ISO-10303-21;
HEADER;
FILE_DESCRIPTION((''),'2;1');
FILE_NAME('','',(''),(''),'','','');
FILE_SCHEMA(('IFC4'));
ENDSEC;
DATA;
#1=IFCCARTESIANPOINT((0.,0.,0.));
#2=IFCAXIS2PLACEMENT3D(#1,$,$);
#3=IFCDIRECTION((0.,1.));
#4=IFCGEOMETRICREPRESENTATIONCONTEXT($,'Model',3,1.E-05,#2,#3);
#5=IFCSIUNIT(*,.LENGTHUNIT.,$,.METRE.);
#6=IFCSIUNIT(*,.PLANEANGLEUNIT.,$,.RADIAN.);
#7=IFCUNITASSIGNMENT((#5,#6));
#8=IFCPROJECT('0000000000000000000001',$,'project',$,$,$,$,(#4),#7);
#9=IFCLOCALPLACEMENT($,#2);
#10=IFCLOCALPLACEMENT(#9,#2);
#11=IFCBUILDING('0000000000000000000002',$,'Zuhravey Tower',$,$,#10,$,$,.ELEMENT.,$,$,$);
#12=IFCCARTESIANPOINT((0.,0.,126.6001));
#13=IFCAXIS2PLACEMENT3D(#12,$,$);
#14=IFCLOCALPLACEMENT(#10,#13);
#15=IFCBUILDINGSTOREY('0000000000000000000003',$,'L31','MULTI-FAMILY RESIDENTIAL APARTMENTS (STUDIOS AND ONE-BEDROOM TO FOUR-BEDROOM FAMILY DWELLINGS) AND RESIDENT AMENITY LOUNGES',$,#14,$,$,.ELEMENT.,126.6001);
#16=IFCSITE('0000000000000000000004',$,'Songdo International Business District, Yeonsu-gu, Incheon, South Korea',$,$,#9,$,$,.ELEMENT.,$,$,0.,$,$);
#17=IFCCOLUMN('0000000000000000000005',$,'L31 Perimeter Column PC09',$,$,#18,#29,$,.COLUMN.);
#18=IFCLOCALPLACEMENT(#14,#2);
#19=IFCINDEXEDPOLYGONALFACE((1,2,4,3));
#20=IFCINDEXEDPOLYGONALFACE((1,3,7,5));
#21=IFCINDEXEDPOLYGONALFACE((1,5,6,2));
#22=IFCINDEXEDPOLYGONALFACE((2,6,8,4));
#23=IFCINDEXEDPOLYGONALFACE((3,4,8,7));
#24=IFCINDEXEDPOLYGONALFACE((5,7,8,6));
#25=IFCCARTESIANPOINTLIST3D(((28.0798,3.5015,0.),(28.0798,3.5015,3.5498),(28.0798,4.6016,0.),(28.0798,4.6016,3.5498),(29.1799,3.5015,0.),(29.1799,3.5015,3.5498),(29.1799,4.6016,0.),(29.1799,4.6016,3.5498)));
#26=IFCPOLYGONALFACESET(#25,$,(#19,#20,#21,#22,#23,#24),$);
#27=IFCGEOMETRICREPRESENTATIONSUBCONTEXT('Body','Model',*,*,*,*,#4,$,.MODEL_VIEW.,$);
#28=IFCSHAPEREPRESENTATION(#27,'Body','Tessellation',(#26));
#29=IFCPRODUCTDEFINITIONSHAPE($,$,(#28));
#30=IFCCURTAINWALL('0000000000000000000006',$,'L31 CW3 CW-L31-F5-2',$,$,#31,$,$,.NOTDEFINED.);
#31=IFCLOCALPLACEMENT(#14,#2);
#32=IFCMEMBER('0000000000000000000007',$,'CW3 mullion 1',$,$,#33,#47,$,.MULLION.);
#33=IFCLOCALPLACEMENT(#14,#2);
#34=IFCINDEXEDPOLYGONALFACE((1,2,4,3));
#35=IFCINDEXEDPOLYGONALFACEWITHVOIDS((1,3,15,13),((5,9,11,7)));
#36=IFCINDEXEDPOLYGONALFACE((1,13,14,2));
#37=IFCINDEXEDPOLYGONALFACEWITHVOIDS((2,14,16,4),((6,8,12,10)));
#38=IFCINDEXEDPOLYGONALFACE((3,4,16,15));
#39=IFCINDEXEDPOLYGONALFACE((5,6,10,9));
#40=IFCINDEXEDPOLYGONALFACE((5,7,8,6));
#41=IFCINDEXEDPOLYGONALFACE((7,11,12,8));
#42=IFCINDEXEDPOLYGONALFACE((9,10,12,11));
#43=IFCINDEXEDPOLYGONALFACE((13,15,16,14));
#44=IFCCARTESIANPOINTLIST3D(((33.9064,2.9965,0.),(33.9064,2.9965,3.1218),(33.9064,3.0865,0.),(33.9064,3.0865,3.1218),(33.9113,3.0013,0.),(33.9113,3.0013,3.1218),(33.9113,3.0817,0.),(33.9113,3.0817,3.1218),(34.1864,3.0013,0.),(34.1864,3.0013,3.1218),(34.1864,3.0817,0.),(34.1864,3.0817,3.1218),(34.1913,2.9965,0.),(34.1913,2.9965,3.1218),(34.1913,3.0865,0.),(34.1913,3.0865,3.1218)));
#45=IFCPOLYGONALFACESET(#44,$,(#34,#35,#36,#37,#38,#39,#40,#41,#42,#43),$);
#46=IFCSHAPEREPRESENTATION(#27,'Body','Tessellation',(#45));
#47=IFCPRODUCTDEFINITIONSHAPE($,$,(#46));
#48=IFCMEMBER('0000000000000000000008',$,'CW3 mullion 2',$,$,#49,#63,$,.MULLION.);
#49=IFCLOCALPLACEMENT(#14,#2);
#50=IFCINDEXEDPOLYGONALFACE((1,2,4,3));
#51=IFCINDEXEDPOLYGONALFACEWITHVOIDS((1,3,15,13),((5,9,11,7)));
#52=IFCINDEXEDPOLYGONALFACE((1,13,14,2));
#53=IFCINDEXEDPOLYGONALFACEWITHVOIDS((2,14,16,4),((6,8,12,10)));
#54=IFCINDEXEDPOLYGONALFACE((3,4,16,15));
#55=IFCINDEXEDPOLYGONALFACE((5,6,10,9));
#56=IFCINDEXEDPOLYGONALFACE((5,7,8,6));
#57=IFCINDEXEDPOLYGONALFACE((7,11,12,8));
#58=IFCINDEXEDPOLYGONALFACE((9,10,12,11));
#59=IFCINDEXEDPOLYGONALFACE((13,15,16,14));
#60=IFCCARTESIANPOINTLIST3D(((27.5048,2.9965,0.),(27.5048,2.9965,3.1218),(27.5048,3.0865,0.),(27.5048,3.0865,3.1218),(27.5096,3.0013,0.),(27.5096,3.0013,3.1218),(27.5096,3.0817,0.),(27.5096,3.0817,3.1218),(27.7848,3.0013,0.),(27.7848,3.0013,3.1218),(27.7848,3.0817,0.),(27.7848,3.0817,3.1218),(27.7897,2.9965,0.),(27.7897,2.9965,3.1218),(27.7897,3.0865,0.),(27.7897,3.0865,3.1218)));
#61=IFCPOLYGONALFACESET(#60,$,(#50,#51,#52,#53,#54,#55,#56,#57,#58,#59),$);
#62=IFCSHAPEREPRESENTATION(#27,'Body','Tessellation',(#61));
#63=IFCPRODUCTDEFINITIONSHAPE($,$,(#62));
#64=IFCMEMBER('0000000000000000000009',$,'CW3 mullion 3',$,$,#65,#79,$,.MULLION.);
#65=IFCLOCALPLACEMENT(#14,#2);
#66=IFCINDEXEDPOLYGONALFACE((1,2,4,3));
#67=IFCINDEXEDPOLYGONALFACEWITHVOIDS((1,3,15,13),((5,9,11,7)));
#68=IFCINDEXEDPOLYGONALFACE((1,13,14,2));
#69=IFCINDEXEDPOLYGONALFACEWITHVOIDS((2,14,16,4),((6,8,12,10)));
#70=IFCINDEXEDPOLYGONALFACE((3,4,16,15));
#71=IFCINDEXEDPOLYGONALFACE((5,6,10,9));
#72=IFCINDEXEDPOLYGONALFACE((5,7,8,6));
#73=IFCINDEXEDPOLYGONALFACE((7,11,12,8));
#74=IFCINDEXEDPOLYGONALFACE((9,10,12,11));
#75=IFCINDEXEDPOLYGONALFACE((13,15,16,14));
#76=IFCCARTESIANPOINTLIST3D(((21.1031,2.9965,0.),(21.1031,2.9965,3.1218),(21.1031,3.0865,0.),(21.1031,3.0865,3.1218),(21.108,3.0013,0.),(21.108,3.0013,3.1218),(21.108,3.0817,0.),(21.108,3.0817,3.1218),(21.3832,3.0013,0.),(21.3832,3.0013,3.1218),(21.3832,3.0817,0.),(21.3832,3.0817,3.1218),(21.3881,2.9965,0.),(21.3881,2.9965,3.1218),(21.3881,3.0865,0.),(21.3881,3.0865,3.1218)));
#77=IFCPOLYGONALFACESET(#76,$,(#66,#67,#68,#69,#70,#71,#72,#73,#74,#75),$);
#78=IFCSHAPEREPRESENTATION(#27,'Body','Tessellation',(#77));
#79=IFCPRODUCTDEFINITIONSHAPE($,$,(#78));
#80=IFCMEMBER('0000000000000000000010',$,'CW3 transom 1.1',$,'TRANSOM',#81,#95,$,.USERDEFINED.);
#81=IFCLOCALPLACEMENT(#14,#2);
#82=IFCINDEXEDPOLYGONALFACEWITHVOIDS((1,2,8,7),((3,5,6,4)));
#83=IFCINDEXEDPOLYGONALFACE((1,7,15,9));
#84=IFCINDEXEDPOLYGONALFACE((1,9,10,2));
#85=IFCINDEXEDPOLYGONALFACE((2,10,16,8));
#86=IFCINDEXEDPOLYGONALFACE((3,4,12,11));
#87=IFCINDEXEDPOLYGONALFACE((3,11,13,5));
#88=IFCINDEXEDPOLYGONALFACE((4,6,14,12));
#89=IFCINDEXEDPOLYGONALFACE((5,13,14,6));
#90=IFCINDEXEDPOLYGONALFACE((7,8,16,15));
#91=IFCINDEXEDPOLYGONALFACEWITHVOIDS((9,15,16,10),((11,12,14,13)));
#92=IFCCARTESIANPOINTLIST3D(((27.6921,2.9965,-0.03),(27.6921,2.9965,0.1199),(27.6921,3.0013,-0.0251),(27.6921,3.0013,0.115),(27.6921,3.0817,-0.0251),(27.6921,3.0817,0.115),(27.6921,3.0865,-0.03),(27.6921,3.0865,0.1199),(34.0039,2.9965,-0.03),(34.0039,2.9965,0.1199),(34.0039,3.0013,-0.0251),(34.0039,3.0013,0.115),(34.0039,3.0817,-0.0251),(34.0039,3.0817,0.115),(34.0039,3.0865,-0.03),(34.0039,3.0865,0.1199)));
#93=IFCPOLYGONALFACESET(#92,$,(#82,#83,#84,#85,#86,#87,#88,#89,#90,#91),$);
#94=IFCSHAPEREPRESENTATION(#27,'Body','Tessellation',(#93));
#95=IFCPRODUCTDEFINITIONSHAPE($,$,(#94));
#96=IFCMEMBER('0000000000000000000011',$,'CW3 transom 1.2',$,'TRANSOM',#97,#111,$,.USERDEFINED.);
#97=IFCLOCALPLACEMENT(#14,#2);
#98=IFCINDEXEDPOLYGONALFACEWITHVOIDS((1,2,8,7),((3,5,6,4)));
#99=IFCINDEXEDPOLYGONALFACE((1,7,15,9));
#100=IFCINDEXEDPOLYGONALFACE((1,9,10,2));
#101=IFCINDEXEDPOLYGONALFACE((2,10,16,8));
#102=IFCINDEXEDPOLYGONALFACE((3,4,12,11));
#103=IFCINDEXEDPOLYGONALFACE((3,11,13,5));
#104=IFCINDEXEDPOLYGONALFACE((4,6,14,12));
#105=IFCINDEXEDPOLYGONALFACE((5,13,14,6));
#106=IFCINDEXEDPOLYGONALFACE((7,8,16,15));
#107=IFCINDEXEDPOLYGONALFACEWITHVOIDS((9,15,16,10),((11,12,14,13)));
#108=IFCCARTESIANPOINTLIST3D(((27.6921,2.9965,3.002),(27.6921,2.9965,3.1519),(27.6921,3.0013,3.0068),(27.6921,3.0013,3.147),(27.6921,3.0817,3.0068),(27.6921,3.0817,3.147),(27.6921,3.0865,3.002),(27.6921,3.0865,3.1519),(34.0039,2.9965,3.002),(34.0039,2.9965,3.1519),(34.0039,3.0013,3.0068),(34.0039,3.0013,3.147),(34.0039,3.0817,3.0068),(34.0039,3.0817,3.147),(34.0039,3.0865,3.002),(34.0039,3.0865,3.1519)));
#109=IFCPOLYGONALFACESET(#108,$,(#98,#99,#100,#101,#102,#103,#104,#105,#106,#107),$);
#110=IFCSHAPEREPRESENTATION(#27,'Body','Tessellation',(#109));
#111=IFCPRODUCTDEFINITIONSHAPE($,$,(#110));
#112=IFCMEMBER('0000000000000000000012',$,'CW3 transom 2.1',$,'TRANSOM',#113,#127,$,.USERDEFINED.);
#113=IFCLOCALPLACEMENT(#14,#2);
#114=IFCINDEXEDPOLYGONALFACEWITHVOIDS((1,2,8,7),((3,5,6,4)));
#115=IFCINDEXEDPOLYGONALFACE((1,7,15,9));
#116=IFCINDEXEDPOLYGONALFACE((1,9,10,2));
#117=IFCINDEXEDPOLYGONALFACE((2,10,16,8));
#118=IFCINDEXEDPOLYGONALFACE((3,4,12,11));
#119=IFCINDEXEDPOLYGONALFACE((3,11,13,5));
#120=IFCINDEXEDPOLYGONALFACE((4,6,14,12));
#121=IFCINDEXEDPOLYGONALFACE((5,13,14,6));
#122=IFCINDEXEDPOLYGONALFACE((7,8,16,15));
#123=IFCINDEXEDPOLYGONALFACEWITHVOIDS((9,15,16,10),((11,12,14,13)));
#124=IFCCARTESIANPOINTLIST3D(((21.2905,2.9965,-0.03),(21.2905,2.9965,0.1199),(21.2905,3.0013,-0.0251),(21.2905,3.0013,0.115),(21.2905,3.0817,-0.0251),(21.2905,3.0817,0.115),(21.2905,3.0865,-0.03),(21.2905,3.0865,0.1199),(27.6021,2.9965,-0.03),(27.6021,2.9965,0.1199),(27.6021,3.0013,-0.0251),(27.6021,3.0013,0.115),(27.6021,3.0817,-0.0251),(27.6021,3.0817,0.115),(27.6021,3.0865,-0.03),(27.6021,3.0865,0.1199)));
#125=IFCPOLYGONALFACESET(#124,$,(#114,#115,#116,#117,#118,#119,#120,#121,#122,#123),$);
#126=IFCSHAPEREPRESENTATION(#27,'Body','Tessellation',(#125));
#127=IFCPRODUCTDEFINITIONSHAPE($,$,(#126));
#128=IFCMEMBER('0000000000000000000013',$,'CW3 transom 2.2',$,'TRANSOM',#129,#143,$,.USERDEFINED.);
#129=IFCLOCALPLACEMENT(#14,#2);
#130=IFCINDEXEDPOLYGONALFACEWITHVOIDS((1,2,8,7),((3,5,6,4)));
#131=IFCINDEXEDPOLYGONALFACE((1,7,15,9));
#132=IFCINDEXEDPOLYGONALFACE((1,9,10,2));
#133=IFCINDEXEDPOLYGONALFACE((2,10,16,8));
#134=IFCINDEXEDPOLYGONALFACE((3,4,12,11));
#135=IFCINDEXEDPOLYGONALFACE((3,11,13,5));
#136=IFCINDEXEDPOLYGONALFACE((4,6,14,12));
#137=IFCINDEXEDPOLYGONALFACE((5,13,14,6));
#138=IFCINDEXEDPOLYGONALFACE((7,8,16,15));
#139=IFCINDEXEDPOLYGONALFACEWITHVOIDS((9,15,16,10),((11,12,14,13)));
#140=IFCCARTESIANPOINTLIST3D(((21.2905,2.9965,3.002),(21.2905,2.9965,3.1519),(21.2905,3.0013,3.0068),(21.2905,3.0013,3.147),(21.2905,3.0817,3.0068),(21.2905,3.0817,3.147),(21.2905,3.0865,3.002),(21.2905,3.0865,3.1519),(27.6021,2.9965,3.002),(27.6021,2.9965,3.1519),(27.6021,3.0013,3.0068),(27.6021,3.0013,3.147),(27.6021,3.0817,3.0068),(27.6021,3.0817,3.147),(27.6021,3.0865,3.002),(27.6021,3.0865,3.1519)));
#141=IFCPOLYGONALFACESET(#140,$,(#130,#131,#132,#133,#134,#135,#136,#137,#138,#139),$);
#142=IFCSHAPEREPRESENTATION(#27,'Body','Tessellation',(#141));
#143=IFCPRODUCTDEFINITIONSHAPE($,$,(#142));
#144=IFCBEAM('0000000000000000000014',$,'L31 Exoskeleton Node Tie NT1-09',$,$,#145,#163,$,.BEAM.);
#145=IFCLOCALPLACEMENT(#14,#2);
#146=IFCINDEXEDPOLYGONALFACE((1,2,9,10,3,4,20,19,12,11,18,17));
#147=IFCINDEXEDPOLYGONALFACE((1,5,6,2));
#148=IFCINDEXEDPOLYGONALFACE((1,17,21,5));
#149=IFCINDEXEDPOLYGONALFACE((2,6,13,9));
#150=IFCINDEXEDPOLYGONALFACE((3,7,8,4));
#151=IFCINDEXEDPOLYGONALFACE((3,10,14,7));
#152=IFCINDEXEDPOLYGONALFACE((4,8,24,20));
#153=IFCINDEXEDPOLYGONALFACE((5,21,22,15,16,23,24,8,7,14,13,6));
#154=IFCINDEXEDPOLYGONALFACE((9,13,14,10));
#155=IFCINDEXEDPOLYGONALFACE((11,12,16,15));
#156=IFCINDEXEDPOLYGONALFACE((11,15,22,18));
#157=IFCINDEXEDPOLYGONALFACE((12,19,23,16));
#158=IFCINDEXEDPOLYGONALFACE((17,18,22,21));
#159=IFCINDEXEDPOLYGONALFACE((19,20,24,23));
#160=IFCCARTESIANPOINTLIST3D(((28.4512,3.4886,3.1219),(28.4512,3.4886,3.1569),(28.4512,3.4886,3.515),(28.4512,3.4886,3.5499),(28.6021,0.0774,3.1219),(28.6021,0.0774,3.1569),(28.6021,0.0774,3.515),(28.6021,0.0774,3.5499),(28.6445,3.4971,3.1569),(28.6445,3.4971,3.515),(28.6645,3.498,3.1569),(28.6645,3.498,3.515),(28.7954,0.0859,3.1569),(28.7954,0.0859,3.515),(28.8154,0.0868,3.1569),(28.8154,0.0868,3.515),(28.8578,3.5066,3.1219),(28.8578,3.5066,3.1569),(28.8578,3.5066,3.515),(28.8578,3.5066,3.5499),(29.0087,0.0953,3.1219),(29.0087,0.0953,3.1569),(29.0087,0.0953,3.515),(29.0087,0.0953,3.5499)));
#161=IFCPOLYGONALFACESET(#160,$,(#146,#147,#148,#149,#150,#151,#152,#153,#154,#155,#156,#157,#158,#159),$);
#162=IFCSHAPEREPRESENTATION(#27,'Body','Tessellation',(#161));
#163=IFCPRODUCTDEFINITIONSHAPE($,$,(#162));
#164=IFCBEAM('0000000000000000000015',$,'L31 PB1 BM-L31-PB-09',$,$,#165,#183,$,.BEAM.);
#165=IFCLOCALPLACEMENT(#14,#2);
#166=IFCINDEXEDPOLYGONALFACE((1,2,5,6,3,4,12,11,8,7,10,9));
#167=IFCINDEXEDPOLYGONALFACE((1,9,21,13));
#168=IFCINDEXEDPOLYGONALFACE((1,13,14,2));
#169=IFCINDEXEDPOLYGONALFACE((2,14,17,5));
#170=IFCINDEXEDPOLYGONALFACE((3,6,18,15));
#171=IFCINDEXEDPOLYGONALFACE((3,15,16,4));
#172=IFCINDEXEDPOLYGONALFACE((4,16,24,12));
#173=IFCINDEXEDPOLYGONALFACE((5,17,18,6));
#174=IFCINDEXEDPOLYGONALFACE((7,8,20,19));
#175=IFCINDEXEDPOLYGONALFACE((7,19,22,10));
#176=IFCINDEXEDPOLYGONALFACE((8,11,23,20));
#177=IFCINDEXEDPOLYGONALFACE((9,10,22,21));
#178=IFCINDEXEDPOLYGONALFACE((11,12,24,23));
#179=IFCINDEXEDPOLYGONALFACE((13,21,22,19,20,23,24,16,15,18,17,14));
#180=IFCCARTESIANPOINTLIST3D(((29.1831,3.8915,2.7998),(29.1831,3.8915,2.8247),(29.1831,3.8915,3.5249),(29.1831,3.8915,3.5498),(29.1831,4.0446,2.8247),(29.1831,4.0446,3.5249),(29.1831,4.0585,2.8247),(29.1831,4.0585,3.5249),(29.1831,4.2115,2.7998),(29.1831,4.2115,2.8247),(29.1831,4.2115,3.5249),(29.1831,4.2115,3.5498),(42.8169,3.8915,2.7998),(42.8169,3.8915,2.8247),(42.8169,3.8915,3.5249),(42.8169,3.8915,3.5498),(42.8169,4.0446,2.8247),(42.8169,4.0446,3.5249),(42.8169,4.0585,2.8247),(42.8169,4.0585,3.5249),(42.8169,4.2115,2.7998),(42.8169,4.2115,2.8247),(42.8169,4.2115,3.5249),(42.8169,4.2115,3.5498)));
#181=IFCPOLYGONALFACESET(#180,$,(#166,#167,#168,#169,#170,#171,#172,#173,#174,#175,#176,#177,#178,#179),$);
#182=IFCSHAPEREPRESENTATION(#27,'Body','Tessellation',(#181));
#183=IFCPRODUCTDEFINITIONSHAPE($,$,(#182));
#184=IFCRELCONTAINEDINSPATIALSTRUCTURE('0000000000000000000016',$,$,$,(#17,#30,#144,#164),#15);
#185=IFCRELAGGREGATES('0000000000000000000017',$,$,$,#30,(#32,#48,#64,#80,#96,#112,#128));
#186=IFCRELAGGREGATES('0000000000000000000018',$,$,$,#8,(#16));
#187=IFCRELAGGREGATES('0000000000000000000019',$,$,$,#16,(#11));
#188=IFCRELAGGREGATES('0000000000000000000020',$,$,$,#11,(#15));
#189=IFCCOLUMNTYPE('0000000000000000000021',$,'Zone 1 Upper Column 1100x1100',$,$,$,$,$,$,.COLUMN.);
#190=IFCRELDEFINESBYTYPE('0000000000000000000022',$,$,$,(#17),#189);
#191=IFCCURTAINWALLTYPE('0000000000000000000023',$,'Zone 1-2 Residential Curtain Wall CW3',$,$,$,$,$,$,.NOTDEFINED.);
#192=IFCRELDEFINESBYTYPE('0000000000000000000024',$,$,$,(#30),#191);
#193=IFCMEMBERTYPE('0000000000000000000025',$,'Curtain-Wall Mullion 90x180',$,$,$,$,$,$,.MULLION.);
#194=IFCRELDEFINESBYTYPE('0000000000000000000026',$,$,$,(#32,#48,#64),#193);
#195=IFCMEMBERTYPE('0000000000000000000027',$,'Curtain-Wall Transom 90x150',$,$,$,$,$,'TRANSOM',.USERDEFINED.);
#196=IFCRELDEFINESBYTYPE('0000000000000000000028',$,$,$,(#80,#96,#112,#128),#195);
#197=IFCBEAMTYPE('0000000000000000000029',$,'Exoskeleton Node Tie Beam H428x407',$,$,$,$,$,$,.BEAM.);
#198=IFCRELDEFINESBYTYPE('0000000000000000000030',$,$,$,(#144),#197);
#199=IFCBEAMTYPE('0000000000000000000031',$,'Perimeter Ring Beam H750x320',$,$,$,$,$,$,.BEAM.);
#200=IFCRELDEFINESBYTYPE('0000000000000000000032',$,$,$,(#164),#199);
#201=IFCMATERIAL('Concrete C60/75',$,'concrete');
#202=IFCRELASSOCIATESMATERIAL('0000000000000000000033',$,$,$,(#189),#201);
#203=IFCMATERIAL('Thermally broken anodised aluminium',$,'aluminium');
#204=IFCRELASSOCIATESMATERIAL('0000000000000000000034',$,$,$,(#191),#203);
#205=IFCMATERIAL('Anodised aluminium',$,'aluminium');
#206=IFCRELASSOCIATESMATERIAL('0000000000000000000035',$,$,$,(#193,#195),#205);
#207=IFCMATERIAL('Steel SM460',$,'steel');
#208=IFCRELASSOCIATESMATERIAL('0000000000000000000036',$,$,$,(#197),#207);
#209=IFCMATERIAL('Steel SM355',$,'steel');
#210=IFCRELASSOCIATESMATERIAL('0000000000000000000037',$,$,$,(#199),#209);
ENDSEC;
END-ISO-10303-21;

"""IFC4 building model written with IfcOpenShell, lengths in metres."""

from ifc_helpers import new_model, si_unit, direction, frame, origin, origin_2d, place, context, subcontext, project, spatial, rectangle, hollow_rectangle, i_section, extrude, material, material_profile, profile_set, type_object, element, aggregate, save


model = new_model("IFC4")

# Units and contexts
model_context = context("Model", 3, precision=1e-05, world=origin(), true_north=direction((0.0, 1.0)))
body_context = subcontext(model_context, "Body", "Model", "MODEL_VIEW")
ifc_project = project(units=[si_unit("LENGTHUNIT", "METRE"), si_unit("PLANEANGLEUNIT", "RADIAN")], contexts=[model_context])

# Site, building, storey
site_placement = place(None, origin())
site = spatial("IfcSite", under=ifc_project, at=site_placement, Name="Songdo International Business District, Yeonsu-gu, Incheon, South Korea", CompositionType="ELEMENT", RefElevation=0.0)
building_placement = place(site_placement, origin())
building = spatial("IfcBuilding", under=site, at=building_placement, Name="Zuhravey Tower", CompositionType="ELEMENT")
storey_placement = place(building_placement, frame((0.0, 0.0, 126.6001)))
storey = spatial("IfcBuildingStorey", under=building, at=storey_placement, Name="L31", Description="MULTI-FAMILY RESIDENTIAL APARTMENTS (STUDIOS AND ONE-BEDROOM TO FOUR-BEDROOM FAMILY DWELLINGS) AND RESIDENT AMENITY LOUNGES", CompositionType="ELEMENT", Elevation=126.6001)

# Column
ifc_material_1 = material(Name="Concrete C60/75", Category="concrete")
ifc_material_profile_1 = material_profile(ifc_material_1, rectangle(XDim=1.1001, YDim=1.1001, at=origin_2d()), Name="RC-1100x1100")
ifc_profile_set_1 = profile_set([ifc_material_profile_1], Name="Concrete C60/75")
column_type = type_object("IfcColumnType", Name="Zone 1 Upper Column 1100x1100", PredefinedType="COLUMN", material=ifc_profile_set_1)
column_placement = place(storey_placement, frame((28.6299, 4.0515, 0.0), z_axis=(0.0, 0.0, 1.0), x_axis=(1.0, 0.0, 0.0)))
element("IfcColumn", 1, at=column_placement, inside=storey, type_object=column_type, Name="L31 Perimeter Column PC09", PredefinedType="COLUMN", context=body_context, shape_type="SweptSolid", body=[
    extrude(rectangle(XDim=1.1001, YDim=1.1001, at=origin_2d()), origin(), (0.0, 0.0, 1.0), 3.5498),
])

# Curtain wall, members
ifc_material_2 = material(Name="Thermally broken anodised aluminium", Category="aluminium")
curtain_wall_type = type_object("IfcCurtainWallType", Name="Zone 1-2 Residential Curtain Wall CW3", PredefinedType="NOTDEFINED", material=ifc_material_2)
curtain_wall_placement = place(storey_placement, origin())
curtain_wall = element("IfcCurtainWall", 2, at=curtain_wall_placement, inside=storey, type_object=curtain_wall_type, Name="L31 CW3 CW-L31-F5-2", PredefinedType="NOTDEFINED")
ifc_material_3 = material(Name="Anodised aluminium", Category="aluminium")
ifc_material_profile_2 = material_profile(ifc_material_3, hollow_rectangle(XDim=0.0901, YDim=0.2849, WallThickness=0.0049, at=origin_2d()), Name="ALU-RHS-90x285x5")
ifc_profile_set_2 = profile_set([ifc_material_profile_2], Name="Anodised aluminium")
member_type_1 = type_object("IfcMemberType", Name="Curtain-Wall Mullion 90x180", PredefinedType="MULLION", material=ifc_profile_set_2)
member_1_placement = place(storey_placement, frame((34.0488, 3.0415, 0.0), z_axis=(0.0, 0.0, 1.0), x_axis=(0.0, -1.0, 0.0)))
member_1 = element("IfcMember", 3, at=member_1_placement, type_object=member_type_1, Name="CW3 mullion 1", PredefinedType="MULLION", context=body_context, shape_type="SweptSolid", body=[
    extrude(hollow_rectangle(XDim=0.0901, YDim=0.2849, WallThickness=0.0049, at=origin_2d()), origin(), (0.0, 0.0, 1.0), 3.1218),
])
member_2_placement = place(storey_placement, frame((27.6472, 3.0415, 0.0), z_axis=(0.0, 0.0, 1.0), x_axis=(0.0, -1.0, 0.0)))
member_2 = element("IfcMember", 4, at=member_2_placement, type_object=member_type_1, Name="CW3 mullion 2", PredefinedType="MULLION", context=body_context, shape_type="SweptSolid", body=[
    extrude(hollow_rectangle(XDim=0.0901, YDim=0.2849, WallThickness=0.0049, at=origin_2d()), origin(), (0.0, 0.0, 1.0), 3.1218),
])
member_3_placement = place(storey_placement, frame((21.2456, 3.0415, 0.0), z_axis=(0.0, 0.0, 1.0), x_axis=(0.0, -1.0, 0.0)))
member_3 = element("IfcMember", 5, at=member_3_placement, type_object=member_type_1, Name="CW3 mullion 3", PredefinedType="MULLION", context=body_context, shape_type="SweptSolid", body=[
    extrude(hollow_rectangle(XDim=0.0901, YDim=0.2849, WallThickness=0.0049, at=origin_2d()), origin(), (0.0, 0.0, 1.0), 3.1218),
])
ifc_material_profile_3 = material_profile(ifc_material_3, hollow_rectangle(XDim=0.0901, YDim=0.1499, WallThickness=0.0049, at=origin_2d()), Name="ALU-RHS-90x150x5")
ifc_profile_set_3 = profile_set([ifc_material_profile_3], Name="Anodised aluminium")
member_type_2 = type_object("IfcMemberType", Name="Curtain-Wall Transom 90x150", ElementType="TRANSOM", PredefinedType="USERDEFINED", material=ifc_profile_set_3)
member_4_placement = place(storey_placement, frame((34.0039, 3.0415, 0.0449), z_axis=(-1.0, 0.0, 0.0), x_axis=(0.0, -1.0, 0.0)))
member_4 = element("IfcMember", 6, at=member_4_placement, type_object=member_type_2, Name="CW3 transom 1.1", ObjectType="TRANSOM", PredefinedType="USERDEFINED", context=body_context, shape_type="SweptSolid", body=[
    extrude(hollow_rectangle(XDim=0.0901, YDim=0.1499, WallThickness=0.0049, at=origin_2d()), origin(), (0.0, 0.0, 1.0), 6.3118),
])
member_5_placement = place(storey_placement, frame((34.0039, 3.0415, 3.0769), z_axis=(-1.0, 0.0, 0.0), x_axis=(0.0, -1.0, 0.0)))
member_5 = element("IfcMember", 7, at=member_5_placement, type_object=member_type_2, Name="CW3 transom 1.2", ObjectType="TRANSOM", PredefinedType="USERDEFINED", context=body_context, shape_type="SweptSolid", body=[
    extrude(hollow_rectangle(XDim=0.0901, YDim=0.1499, WallThickness=0.0049, at=origin_2d()), origin(), (0.0, 0.0, 1.0), 6.3118),
])
member_6_placement = place(storey_placement, frame((27.6021, 3.0415, 0.0449), z_axis=(-1.0, 0.0, 0.0), x_axis=(0.0, -1.0, 0.0)))
member_6 = element("IfcMember", 8, at=member_6_placement, type_object=member_type_2, Name="CW3 transom 2.1", ObjectType="TRANSOM", PredefinedType="USERDEFINED", context=body_context, shape_type="SweptSolid", body=[
    extrude(hollow_rectangle(XDim=0.0901, YDim=0.1499, WallThickness=0.0049, at=origin_2d()), origin(), (0.0, 0.0, 1.0), 6.3115),
])
member_7_placement = place(storey_placement, frame((27.6021, 3.0415, 3.0769), z_axis=(-1.0, 0.0, 0.0), x_axis=(0.0, -1.0, 0.0)))
member_7 = element("IfcMember", 9, at=member_7_placement, type_object=member_type_2, Name="CW3 transom 2.2", ObjectType="TRANSOM", PredefinedType="USERDEFINED", context=body_context, shape_type="SweptSolid", body=[
    extrude(hollow_rectangle(XDim=0.0901, YDim=0.1499, WallThickness=0.0049, at=origin_2d()), origin(), (0.0, 0.0, 1.0), 6.3115),
])

# Beams
ifc_material_4 = material(Name="Steel SM460", Category="steel")
ifc_material_profile_4 = material_profile(ifc_material_4, i_section(OverallWidth=0.407, OverallDepth=0.428, WebThickness=0.02, FlangeThickness=0.0349, at=origin_2d()), Name="H-428x407x20x35")
ifc_profile_set_4 = profile_set([ifc_material_profile_4], Name="Steel SM460")
beam_type_1 = type_object("IfcBeamType", Name="Exoskeleton Node Tie Beam H428x407", PredefinedType="BEAM", material=ifc_profile_set_4)
beam_1_placement = place(storey_placement, frame((28.6545, 3.4976, 3.3359), z_axis=(0.044188, -0.999023, 0.0), x_axis=(0.999023, 0.044188, 0.0)))
element("IfcBeam", 10, at=beam_1_placement, inside=storey, type_object=beam_type_1, Name="L31 Exoskeleton Node Tie NT1-09", PredefinedType="BEAM", context=body_context, shape_type="SweptSolid", body=[
    extrude(i_section(OverallWidth=0.407, OverallDepth=0.428, WebThickness=0.02, FlangeThickness=0.0349, at=origin_2d()), origin(), (0.0, 0.0, 1.0), 3.4146),
])
ifc_material_5 = material(Name="Steel SM355", Category="steel")
ifc_material_profile_5 = material_profile(ifc_material_5, i_section(OverallWidth=0.3201, OverallDepth=0.75, WebThickness=0.0139, FlangeThickness=0.0249, at=origin_2d()), Name="H-750x320x14x25")
ifc_profile_set_5 = profile_set([ifc_material_profile_5], Name="Steel SM355")
beam_type_2 = type_object("IfcBeamType", Name="Perimeter Ring Beam H750x320", PredefinedType="BEAM", material=ifc_profile_set_5)
beam_2_placement = place(storey_placement, frame((29.1831, 4.0515, 3.1748), z_axis=(1.0, 0.0, 0.0), x_axis=(0.0, 1.0, 0.0)))
element("IfcBeam", 11, at=beam_2_placement, inside=storey, type_object=beam_type_2, Name="L31 PB1 BM-L31-PB-09", PredefinedType="BEAM", context=body_context, shape_type="SweptSolid", body=[
    extrude(i_section(OverallWidth=0.3201, OverallDepth=0.75, WebThickness=0.0139, FlangeThickness=0.0249, at=origin_2d()), origin(), (0.0, 0.0, 1.0), 13.6338),
])

aggregate(curtain_wall, [member_1, member_2, member_3, member_4, member_5, member_6, member_7])

save(model, "model.ifc")
